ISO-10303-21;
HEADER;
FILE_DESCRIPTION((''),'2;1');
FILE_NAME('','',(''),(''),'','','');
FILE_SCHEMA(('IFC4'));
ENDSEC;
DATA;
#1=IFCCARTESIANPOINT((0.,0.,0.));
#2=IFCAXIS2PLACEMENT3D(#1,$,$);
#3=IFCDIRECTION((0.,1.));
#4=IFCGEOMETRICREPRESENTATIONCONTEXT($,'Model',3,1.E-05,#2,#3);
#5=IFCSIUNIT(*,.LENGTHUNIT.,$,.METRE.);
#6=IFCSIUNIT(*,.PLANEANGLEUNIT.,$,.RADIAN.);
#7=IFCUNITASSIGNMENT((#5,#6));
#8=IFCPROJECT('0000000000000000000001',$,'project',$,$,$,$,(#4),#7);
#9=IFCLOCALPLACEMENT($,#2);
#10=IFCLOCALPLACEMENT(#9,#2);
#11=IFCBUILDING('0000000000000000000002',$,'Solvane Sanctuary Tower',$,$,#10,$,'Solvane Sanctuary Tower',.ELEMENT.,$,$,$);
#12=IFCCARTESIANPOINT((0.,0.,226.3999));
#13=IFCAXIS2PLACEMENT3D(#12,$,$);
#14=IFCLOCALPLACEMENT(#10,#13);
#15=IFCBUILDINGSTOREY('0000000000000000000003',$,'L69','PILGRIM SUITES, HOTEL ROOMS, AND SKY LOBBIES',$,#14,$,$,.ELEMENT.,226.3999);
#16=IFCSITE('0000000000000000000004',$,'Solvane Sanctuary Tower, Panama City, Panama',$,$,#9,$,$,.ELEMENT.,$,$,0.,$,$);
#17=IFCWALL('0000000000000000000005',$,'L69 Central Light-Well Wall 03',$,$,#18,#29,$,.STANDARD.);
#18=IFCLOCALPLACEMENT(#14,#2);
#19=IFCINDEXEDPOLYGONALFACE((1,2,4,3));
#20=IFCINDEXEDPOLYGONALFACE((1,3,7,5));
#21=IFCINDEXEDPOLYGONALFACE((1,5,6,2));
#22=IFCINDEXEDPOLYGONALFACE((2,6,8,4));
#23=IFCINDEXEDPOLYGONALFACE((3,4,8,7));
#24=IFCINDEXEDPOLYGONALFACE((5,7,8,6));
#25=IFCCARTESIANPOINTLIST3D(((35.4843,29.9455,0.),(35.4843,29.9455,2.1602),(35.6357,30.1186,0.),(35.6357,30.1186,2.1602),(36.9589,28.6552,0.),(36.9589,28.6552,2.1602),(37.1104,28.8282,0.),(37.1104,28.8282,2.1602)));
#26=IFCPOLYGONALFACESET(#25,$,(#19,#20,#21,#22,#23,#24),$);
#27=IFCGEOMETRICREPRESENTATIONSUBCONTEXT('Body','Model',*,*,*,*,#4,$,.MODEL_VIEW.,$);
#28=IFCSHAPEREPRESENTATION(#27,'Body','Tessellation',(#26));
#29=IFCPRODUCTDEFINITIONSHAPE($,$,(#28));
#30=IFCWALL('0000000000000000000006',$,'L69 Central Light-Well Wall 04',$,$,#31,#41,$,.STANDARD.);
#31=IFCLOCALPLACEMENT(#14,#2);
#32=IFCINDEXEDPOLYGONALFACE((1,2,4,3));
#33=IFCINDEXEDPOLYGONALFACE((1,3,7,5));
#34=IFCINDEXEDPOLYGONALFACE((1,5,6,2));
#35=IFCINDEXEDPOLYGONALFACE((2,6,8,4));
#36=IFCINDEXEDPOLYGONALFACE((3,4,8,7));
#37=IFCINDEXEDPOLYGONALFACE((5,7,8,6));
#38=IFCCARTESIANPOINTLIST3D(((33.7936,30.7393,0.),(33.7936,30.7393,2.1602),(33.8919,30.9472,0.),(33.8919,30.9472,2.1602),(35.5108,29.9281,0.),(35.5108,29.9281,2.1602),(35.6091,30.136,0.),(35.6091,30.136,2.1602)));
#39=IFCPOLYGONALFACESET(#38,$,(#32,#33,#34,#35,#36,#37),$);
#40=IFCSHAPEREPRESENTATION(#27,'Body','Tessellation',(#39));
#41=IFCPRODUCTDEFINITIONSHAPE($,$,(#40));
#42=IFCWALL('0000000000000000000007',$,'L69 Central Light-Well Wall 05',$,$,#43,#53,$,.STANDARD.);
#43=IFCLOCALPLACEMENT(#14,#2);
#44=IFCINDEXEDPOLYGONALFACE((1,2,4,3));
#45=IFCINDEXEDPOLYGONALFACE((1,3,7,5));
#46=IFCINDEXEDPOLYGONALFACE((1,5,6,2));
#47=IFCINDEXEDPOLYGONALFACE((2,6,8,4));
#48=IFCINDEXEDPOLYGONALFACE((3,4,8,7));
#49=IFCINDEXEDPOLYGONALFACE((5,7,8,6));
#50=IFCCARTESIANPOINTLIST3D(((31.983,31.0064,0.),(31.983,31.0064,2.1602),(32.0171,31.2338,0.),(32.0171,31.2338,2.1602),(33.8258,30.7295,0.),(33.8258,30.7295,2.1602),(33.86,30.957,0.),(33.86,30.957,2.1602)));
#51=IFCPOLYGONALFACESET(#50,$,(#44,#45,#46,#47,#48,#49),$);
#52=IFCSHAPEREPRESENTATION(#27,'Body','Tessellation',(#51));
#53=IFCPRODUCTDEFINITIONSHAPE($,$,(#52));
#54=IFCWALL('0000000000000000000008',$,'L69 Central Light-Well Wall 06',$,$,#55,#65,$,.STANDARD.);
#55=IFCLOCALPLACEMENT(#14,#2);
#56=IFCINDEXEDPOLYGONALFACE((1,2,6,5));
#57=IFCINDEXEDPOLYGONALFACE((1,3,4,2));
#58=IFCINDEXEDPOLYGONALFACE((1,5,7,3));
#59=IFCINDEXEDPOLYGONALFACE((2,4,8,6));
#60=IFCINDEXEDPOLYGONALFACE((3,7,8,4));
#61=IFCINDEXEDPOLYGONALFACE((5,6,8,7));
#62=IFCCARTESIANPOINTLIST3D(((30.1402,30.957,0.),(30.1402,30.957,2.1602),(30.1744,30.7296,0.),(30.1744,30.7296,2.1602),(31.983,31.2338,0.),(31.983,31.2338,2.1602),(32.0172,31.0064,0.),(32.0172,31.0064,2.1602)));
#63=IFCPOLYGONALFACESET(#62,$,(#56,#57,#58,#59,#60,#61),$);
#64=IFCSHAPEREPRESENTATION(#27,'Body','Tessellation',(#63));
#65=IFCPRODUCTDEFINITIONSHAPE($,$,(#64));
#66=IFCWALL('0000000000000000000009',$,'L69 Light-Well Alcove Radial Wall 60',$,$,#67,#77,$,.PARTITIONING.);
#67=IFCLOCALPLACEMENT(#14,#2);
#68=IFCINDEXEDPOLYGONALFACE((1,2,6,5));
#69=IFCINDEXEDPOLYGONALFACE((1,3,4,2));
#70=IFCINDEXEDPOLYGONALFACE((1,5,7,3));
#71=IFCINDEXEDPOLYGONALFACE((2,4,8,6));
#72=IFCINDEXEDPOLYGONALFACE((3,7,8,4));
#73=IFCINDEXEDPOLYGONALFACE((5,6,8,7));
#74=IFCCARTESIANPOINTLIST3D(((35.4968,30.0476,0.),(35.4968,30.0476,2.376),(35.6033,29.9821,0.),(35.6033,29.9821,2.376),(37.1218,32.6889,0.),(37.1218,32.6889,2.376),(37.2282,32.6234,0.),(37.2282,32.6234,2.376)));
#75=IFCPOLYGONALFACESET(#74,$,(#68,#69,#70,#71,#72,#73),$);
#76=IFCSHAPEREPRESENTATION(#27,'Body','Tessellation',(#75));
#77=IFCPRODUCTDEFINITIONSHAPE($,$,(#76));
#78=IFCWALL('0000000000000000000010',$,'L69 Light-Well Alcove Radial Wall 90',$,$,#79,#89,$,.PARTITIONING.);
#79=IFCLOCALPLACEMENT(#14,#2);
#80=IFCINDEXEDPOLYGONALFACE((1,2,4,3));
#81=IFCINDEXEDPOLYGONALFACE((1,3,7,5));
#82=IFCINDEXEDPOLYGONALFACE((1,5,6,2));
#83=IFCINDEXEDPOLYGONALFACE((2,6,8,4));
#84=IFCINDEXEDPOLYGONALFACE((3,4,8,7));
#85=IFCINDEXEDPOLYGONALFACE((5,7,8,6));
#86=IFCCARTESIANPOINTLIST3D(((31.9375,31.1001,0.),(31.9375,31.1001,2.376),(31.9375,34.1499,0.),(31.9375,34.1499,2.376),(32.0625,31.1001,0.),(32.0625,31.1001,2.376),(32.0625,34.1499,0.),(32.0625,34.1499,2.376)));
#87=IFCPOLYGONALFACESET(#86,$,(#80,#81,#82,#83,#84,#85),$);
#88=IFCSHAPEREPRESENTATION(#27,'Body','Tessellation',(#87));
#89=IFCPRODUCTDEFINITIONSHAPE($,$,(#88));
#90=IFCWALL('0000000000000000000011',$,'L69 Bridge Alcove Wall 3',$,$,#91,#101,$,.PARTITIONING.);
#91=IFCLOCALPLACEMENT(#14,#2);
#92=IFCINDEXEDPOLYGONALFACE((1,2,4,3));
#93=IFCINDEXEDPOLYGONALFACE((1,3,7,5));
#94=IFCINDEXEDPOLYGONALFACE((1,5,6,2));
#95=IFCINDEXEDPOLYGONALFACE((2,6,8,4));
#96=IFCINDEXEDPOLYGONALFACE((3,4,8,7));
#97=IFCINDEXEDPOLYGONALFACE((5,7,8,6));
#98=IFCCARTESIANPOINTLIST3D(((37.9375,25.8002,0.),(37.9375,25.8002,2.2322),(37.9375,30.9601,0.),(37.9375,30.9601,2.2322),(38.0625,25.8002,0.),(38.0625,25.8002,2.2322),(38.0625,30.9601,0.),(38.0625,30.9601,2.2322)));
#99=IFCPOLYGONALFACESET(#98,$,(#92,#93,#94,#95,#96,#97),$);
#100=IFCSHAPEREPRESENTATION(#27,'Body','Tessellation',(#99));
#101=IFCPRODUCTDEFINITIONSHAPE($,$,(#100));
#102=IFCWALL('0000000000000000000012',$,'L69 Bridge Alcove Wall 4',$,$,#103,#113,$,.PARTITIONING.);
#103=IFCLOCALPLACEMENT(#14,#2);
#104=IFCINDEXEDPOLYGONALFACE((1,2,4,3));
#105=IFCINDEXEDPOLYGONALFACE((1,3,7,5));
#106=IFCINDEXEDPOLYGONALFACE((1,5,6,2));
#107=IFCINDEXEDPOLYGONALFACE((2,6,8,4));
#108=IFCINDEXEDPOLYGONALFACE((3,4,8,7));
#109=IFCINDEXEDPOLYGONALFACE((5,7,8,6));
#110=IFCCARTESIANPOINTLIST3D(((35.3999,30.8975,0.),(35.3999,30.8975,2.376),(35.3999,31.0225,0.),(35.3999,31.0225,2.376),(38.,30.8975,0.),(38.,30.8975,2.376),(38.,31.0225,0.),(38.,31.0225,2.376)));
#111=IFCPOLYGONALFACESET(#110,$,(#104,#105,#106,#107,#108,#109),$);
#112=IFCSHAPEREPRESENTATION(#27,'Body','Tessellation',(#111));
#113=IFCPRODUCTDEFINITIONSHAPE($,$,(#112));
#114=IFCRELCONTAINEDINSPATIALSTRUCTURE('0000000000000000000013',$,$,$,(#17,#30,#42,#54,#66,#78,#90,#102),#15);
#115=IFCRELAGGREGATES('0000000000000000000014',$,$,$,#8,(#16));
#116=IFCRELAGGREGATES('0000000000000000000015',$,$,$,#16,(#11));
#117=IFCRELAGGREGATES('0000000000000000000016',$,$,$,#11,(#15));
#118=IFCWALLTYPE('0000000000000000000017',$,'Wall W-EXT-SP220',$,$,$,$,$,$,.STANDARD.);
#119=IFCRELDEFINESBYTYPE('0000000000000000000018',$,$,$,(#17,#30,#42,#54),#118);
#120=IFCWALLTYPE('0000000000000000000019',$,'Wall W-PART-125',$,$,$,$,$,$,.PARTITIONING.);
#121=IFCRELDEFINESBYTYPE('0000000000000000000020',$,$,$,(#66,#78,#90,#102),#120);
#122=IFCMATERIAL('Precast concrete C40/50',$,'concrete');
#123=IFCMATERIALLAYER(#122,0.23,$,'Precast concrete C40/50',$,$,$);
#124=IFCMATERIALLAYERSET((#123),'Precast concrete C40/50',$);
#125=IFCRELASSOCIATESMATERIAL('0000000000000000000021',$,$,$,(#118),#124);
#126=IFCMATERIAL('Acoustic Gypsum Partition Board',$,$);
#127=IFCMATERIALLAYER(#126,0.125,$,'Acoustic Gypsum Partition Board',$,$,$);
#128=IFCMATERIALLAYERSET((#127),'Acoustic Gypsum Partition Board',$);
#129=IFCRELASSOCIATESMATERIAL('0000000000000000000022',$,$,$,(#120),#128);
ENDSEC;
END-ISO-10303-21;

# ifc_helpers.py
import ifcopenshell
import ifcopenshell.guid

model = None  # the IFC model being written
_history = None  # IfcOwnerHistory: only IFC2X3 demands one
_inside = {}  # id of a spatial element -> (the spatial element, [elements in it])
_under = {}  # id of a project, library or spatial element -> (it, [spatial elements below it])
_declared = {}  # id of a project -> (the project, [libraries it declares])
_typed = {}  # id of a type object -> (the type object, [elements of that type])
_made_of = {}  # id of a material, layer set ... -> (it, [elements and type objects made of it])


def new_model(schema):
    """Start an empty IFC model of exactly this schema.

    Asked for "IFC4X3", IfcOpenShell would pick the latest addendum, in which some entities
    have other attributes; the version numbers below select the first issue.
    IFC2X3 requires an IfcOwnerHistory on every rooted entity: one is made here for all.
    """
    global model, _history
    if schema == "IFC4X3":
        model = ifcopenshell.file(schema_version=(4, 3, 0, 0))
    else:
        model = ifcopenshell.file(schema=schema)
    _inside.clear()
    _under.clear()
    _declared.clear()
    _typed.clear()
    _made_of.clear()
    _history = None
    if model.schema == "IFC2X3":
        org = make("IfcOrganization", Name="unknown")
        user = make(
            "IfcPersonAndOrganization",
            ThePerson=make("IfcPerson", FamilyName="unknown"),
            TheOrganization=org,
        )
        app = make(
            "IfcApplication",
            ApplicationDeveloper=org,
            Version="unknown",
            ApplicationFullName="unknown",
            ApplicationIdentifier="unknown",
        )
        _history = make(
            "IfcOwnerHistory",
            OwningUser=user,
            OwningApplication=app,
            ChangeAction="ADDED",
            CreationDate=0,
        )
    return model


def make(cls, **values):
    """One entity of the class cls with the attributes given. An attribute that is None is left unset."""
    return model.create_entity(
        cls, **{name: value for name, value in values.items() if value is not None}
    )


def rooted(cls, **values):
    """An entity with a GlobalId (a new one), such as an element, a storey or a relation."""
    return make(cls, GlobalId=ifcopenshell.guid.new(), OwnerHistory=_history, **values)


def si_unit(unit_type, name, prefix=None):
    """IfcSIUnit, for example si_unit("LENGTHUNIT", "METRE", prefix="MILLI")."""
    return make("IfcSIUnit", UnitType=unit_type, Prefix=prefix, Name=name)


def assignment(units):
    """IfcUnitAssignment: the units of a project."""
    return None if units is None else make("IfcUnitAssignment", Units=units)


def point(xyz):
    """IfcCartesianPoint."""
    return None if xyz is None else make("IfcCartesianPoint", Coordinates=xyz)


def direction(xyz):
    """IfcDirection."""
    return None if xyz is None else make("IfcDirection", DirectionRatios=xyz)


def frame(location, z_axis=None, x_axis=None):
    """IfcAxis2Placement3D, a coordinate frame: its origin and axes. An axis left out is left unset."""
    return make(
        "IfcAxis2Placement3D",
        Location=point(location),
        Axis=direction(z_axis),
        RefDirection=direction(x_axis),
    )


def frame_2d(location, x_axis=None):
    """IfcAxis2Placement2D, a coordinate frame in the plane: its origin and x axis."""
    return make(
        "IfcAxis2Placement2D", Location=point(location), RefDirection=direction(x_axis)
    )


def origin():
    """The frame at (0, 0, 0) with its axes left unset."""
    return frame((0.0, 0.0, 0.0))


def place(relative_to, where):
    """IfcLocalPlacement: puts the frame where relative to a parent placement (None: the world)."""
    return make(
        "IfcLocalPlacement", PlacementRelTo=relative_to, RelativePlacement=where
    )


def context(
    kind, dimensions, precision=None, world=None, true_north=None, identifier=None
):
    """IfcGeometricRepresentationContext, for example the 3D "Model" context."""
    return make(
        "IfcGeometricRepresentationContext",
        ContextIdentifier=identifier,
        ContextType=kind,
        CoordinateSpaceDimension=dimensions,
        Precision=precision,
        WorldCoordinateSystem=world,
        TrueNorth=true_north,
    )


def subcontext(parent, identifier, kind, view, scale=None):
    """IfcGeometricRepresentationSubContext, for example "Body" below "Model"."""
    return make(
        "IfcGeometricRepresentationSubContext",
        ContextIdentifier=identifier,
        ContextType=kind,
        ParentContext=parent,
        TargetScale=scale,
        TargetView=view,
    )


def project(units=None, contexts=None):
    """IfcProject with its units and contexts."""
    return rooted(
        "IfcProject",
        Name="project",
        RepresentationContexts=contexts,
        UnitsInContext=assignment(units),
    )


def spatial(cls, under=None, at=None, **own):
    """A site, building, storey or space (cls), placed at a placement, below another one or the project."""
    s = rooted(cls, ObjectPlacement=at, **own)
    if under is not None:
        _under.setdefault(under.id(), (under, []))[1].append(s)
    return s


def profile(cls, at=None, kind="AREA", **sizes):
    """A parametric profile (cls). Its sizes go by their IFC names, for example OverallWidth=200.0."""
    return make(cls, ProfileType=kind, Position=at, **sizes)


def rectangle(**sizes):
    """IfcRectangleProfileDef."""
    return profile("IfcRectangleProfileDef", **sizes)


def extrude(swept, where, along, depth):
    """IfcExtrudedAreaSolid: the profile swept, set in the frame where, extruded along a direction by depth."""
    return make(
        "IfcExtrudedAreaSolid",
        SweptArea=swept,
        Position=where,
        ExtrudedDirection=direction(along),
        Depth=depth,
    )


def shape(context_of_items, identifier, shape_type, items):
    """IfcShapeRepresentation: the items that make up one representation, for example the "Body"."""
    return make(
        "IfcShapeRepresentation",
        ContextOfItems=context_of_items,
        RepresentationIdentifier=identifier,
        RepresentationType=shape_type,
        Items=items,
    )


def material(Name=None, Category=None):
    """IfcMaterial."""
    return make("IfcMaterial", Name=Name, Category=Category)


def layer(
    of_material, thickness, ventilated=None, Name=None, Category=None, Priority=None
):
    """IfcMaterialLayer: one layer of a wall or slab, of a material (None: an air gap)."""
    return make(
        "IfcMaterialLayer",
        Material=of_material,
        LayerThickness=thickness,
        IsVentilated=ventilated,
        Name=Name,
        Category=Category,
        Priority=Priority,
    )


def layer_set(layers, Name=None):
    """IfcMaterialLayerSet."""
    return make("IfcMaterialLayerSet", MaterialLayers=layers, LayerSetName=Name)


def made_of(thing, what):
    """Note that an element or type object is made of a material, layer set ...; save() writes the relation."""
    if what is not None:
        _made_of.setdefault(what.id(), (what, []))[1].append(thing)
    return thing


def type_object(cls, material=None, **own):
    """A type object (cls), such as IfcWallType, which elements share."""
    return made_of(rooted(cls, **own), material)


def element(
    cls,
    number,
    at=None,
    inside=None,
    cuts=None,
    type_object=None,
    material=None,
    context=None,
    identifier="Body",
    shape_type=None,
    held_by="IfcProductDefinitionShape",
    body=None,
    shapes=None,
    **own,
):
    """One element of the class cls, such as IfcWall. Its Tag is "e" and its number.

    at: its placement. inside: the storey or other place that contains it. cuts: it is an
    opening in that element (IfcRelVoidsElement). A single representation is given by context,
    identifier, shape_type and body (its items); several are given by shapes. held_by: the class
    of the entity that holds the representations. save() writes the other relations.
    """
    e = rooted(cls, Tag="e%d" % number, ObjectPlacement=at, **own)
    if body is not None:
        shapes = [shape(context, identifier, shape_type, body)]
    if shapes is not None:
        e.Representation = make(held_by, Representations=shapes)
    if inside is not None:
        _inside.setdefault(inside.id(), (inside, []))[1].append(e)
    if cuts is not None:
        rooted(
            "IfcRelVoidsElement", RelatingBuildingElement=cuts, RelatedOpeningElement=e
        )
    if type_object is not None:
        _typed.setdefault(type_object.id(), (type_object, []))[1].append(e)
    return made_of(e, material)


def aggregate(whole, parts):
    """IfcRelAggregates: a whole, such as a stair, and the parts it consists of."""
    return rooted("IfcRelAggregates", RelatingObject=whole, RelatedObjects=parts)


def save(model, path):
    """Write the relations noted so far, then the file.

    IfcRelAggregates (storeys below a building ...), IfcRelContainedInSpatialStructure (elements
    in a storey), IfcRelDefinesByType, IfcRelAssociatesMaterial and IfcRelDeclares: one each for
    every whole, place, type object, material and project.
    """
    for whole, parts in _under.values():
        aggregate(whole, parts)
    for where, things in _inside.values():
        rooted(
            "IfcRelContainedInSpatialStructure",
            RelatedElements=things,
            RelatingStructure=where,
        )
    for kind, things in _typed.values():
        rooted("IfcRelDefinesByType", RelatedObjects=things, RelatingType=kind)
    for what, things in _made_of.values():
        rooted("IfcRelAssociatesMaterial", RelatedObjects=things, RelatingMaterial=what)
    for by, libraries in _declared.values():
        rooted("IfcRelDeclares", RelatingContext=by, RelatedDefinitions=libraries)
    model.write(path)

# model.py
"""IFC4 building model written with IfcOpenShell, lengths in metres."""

from ifc_helpers import new_model, si_unit, direction, frame, frame_2d, origin, place, context, subcontext, project, spatial, rectangle, extrude, material, layer, layer_set, type_object, element, save


model = new_model("IFC4")

# Units and contexts
model_context = context("Model", 3, precision=1e-05, world=origin(), true_north=direction((0.0, 1.0)))
body_context = subcontext(model_context, "Body", "Model", "MODEL_VIEW")
ifc_project = project(units=[si_unit("LENGTHUNIT", "METRE"), si_unit("PLANEANGLEUNIT", "RADIAN")], contexts=[model_context])

# Site, building, storey
site_placement = place(None, origin())
site = spatial("IfcSite", under=ifc_project, at=site_placement, Name="Solvane Sanctuary Tower, Panama City, Panama", CompositionType="ELEMENT", RefElevation=0.0)
building_placement = place(site_placement, origin())
building = spatial("IfcBuilding", under=site, at=building_placement, Name="Solvane Sanctuary Tower", LongName="Solvane Sanctuary Tower", CompositionType="ELEMENT")
storey_placement = place(building_placement, frame((0.0, 0.0, 226.3999)))
storey = spatial("IfcBuildingStorey", under=building, at=storey_placement, Name="L69", Description="PILGRIM SUITES, HOTEL ROOMS, AND SKY LOBBIES", CompositionType="ELEMENT", Elevation=226.3999)

# Shared definitions
ifc_material_1 = material(Name="Precast concrete C40/50", Category="concrete")
ifc_layer_1 = layer(ifc_material_1, 0.23, Name="Precast concrete C40/50")
ifc_layer_set_1 = layer_set([ifc_layer_1], Name="Precast concrete C40/50")
wall_type_1 = type_object("IfcWallType", Name="Wall W-EXT-SP220", PredefinedType="STANDARD", material=ifc_layer_set_1)

# Walls
wall_1_placement = place(storey_placement, frame((37.0347, 28.7417, 0.0), z_axis=(0.0, 0.0, 1.0), x_axis=(-0.752577, 0.658505, 0.0)))
element("IfcWall", 1, at=wall_1_placement, inside=storey, type_object=wall_type_1, Name="L69 Central Light-Well Wall 03", PredefinedType="STANDARD", context=body_context, shape_type="SweptSolid", body=[
    extrude(rectangle(XDim=1.9595, YDim=0.23, at=frame_2d((0.9797, 0.0))), origin(), (0.0, 0.0, 1.0), 2.1602),
])
wall_2_placement = place(storey_placement, frame((35.5601, 30.032, 0.0), z_axis=(0.0, 0.0, 1.0), x_axis=(-0.90418, 0.427152, 0.0)))
element("IfcWall", 2, at=wall_2_placement, inside=storey, type_object=wall_type_1, Name="L69 Central Light-Well Wall 04", PredefinedType="STANDARD", context=body_context, shape_type="SweptSolid", body=[
    extrude(rectangle(XDim=1.8992, YDim=0.23, at=frame_2d((0.9497, 0.0))), origin(), (0.0, 0.0, 1.0), 2.1602),
])
for number, where, z_axis, x_axis, name in (
    (3, (33.8428, 30.8433, 0.0), (0.0, 0.0, 1.0), (-0.988902, 0.148571, 0.0), "L69 Central Light-Well Wall 05"),
    (4, (32.0, 31.1201, 0.0), (0.0, 0.0, 1.0), (-0.988902, -0.148571, 0.0), "L69 Central Light-Well Wall 06"),
):
    element("IfcWall", number, at=place(storey_placement, frame(where, z_axis=z_axis, x_axis=x_axis)), inside=storey, type_object=wall_type_1, Name=name, PredefinedType="STANDARD", context=body_context, shape_type="SweptSolid", body=[
        extrude(rectangle(XDim=1.8635, YDim=0.23, at=frame_2d((0.9316, 0.0))), origin(), (0.0, 0.0, 1.0), 2.1602),
    ])
ifc_material_2 = material(Name="Acoustic Gypsum Partition Board")
ifc_layer_2 = layer(ifc_material_2, 0.125, Name="Acoustic Gypsum Partition Board")
ifc_layer_set_2 = layer_set([ifc_layer_2], Name="Acoustic Gypsum Partition Board")
wall_type_2 = type_object("IfcWallType", Name="Wall W-PART-125", PredefinedType="PARTITIONING", material=ifc_layer_set_2)
wall_3_placement = place(storey_placement, frame((35.55, 30.0149, 0.0), z_axis=(0.0, 0.0, 1.0), x_axis=(0.523992, 0.851723, 0.0)))
element("IfcWall", 5, at=wall_3_placement, inside=storey, type_object=wall_type_2, Name="L69 Light-Well Alcove Radial Wall 60", PredefinedType="PARTITIONING", context=body_context, shape_type="SweptSolid", body=[
    extrude(rectangle(XDim=3.1011, YDim=0.125, at=frame_2d((1.5505, 0.0))), origin(), (0.0, 0.0, 1.0), 2.376),
])
wall_4_placement = place(storey_placement, frame((32.0, 31.1001, 0.0), z_axis=(0.0, 0.0, 1.0), x_axis=(0.0, 1.0, 0.0)))
element("IfcWall", 6, at=wall_4_placement, inside=storey, type_object=wall_type_2, Name="L69 Light-Well Alcove Radial Wall 90", PredefinedType="PARTITIONING", context=body_context, shape_type="SweptSolid", body=[
    extrude(rectangle(XDim=3.0498, YDim=0.125, at=frame_2d((1.5249, 0.0))), origin(), (0.0, 0.0, 1.0), 2.376),
])
wall_5_placement = place(storey_placement, frame((38.0, 25.8, 0.0), z_axis=(0.0, 0.0, 1.0), x_axis=(0.0, 1.0, 0.0)))
element("IfcWall", 7, at=wall_5_placement, inside=storey, type_object=wall_type_2, Name="L69 Bridge Alcove Wall 3", PredefinedType="PARTITIONING", context=body_context, shape_type="SweptSolid", body=[
    extrude(rectangle(XDim=5.1599, YDim=0.125, at=frame_2d((2.5801, 0.0))), origin(), (0.0, 0.0, 1.0), 2.2322),
])
wall_6_placement = place(storey_placement, frame((35.3999, 30.96, 0.0), z_axis=(0.0, 0.0, 1.0), x_axis=(1.0, 0.0, 0.0)))
element("IfcWall", 8, at=wall_6_placement, inside=storey, type_object=wall_type_2, Name="L69 Bridge Alcove Wall 4", PredefinedType="PARTITIONING", context=body_context, shape_type="SweptSolid", body=[
    extrude(rectangle(XDim=2.6001, YDim=0.125, at=frame_2d((1.3, 0.0))), origin(), (0.0, 0.0, 1.0), 2.376),
])

save(model, "model.ifc")
